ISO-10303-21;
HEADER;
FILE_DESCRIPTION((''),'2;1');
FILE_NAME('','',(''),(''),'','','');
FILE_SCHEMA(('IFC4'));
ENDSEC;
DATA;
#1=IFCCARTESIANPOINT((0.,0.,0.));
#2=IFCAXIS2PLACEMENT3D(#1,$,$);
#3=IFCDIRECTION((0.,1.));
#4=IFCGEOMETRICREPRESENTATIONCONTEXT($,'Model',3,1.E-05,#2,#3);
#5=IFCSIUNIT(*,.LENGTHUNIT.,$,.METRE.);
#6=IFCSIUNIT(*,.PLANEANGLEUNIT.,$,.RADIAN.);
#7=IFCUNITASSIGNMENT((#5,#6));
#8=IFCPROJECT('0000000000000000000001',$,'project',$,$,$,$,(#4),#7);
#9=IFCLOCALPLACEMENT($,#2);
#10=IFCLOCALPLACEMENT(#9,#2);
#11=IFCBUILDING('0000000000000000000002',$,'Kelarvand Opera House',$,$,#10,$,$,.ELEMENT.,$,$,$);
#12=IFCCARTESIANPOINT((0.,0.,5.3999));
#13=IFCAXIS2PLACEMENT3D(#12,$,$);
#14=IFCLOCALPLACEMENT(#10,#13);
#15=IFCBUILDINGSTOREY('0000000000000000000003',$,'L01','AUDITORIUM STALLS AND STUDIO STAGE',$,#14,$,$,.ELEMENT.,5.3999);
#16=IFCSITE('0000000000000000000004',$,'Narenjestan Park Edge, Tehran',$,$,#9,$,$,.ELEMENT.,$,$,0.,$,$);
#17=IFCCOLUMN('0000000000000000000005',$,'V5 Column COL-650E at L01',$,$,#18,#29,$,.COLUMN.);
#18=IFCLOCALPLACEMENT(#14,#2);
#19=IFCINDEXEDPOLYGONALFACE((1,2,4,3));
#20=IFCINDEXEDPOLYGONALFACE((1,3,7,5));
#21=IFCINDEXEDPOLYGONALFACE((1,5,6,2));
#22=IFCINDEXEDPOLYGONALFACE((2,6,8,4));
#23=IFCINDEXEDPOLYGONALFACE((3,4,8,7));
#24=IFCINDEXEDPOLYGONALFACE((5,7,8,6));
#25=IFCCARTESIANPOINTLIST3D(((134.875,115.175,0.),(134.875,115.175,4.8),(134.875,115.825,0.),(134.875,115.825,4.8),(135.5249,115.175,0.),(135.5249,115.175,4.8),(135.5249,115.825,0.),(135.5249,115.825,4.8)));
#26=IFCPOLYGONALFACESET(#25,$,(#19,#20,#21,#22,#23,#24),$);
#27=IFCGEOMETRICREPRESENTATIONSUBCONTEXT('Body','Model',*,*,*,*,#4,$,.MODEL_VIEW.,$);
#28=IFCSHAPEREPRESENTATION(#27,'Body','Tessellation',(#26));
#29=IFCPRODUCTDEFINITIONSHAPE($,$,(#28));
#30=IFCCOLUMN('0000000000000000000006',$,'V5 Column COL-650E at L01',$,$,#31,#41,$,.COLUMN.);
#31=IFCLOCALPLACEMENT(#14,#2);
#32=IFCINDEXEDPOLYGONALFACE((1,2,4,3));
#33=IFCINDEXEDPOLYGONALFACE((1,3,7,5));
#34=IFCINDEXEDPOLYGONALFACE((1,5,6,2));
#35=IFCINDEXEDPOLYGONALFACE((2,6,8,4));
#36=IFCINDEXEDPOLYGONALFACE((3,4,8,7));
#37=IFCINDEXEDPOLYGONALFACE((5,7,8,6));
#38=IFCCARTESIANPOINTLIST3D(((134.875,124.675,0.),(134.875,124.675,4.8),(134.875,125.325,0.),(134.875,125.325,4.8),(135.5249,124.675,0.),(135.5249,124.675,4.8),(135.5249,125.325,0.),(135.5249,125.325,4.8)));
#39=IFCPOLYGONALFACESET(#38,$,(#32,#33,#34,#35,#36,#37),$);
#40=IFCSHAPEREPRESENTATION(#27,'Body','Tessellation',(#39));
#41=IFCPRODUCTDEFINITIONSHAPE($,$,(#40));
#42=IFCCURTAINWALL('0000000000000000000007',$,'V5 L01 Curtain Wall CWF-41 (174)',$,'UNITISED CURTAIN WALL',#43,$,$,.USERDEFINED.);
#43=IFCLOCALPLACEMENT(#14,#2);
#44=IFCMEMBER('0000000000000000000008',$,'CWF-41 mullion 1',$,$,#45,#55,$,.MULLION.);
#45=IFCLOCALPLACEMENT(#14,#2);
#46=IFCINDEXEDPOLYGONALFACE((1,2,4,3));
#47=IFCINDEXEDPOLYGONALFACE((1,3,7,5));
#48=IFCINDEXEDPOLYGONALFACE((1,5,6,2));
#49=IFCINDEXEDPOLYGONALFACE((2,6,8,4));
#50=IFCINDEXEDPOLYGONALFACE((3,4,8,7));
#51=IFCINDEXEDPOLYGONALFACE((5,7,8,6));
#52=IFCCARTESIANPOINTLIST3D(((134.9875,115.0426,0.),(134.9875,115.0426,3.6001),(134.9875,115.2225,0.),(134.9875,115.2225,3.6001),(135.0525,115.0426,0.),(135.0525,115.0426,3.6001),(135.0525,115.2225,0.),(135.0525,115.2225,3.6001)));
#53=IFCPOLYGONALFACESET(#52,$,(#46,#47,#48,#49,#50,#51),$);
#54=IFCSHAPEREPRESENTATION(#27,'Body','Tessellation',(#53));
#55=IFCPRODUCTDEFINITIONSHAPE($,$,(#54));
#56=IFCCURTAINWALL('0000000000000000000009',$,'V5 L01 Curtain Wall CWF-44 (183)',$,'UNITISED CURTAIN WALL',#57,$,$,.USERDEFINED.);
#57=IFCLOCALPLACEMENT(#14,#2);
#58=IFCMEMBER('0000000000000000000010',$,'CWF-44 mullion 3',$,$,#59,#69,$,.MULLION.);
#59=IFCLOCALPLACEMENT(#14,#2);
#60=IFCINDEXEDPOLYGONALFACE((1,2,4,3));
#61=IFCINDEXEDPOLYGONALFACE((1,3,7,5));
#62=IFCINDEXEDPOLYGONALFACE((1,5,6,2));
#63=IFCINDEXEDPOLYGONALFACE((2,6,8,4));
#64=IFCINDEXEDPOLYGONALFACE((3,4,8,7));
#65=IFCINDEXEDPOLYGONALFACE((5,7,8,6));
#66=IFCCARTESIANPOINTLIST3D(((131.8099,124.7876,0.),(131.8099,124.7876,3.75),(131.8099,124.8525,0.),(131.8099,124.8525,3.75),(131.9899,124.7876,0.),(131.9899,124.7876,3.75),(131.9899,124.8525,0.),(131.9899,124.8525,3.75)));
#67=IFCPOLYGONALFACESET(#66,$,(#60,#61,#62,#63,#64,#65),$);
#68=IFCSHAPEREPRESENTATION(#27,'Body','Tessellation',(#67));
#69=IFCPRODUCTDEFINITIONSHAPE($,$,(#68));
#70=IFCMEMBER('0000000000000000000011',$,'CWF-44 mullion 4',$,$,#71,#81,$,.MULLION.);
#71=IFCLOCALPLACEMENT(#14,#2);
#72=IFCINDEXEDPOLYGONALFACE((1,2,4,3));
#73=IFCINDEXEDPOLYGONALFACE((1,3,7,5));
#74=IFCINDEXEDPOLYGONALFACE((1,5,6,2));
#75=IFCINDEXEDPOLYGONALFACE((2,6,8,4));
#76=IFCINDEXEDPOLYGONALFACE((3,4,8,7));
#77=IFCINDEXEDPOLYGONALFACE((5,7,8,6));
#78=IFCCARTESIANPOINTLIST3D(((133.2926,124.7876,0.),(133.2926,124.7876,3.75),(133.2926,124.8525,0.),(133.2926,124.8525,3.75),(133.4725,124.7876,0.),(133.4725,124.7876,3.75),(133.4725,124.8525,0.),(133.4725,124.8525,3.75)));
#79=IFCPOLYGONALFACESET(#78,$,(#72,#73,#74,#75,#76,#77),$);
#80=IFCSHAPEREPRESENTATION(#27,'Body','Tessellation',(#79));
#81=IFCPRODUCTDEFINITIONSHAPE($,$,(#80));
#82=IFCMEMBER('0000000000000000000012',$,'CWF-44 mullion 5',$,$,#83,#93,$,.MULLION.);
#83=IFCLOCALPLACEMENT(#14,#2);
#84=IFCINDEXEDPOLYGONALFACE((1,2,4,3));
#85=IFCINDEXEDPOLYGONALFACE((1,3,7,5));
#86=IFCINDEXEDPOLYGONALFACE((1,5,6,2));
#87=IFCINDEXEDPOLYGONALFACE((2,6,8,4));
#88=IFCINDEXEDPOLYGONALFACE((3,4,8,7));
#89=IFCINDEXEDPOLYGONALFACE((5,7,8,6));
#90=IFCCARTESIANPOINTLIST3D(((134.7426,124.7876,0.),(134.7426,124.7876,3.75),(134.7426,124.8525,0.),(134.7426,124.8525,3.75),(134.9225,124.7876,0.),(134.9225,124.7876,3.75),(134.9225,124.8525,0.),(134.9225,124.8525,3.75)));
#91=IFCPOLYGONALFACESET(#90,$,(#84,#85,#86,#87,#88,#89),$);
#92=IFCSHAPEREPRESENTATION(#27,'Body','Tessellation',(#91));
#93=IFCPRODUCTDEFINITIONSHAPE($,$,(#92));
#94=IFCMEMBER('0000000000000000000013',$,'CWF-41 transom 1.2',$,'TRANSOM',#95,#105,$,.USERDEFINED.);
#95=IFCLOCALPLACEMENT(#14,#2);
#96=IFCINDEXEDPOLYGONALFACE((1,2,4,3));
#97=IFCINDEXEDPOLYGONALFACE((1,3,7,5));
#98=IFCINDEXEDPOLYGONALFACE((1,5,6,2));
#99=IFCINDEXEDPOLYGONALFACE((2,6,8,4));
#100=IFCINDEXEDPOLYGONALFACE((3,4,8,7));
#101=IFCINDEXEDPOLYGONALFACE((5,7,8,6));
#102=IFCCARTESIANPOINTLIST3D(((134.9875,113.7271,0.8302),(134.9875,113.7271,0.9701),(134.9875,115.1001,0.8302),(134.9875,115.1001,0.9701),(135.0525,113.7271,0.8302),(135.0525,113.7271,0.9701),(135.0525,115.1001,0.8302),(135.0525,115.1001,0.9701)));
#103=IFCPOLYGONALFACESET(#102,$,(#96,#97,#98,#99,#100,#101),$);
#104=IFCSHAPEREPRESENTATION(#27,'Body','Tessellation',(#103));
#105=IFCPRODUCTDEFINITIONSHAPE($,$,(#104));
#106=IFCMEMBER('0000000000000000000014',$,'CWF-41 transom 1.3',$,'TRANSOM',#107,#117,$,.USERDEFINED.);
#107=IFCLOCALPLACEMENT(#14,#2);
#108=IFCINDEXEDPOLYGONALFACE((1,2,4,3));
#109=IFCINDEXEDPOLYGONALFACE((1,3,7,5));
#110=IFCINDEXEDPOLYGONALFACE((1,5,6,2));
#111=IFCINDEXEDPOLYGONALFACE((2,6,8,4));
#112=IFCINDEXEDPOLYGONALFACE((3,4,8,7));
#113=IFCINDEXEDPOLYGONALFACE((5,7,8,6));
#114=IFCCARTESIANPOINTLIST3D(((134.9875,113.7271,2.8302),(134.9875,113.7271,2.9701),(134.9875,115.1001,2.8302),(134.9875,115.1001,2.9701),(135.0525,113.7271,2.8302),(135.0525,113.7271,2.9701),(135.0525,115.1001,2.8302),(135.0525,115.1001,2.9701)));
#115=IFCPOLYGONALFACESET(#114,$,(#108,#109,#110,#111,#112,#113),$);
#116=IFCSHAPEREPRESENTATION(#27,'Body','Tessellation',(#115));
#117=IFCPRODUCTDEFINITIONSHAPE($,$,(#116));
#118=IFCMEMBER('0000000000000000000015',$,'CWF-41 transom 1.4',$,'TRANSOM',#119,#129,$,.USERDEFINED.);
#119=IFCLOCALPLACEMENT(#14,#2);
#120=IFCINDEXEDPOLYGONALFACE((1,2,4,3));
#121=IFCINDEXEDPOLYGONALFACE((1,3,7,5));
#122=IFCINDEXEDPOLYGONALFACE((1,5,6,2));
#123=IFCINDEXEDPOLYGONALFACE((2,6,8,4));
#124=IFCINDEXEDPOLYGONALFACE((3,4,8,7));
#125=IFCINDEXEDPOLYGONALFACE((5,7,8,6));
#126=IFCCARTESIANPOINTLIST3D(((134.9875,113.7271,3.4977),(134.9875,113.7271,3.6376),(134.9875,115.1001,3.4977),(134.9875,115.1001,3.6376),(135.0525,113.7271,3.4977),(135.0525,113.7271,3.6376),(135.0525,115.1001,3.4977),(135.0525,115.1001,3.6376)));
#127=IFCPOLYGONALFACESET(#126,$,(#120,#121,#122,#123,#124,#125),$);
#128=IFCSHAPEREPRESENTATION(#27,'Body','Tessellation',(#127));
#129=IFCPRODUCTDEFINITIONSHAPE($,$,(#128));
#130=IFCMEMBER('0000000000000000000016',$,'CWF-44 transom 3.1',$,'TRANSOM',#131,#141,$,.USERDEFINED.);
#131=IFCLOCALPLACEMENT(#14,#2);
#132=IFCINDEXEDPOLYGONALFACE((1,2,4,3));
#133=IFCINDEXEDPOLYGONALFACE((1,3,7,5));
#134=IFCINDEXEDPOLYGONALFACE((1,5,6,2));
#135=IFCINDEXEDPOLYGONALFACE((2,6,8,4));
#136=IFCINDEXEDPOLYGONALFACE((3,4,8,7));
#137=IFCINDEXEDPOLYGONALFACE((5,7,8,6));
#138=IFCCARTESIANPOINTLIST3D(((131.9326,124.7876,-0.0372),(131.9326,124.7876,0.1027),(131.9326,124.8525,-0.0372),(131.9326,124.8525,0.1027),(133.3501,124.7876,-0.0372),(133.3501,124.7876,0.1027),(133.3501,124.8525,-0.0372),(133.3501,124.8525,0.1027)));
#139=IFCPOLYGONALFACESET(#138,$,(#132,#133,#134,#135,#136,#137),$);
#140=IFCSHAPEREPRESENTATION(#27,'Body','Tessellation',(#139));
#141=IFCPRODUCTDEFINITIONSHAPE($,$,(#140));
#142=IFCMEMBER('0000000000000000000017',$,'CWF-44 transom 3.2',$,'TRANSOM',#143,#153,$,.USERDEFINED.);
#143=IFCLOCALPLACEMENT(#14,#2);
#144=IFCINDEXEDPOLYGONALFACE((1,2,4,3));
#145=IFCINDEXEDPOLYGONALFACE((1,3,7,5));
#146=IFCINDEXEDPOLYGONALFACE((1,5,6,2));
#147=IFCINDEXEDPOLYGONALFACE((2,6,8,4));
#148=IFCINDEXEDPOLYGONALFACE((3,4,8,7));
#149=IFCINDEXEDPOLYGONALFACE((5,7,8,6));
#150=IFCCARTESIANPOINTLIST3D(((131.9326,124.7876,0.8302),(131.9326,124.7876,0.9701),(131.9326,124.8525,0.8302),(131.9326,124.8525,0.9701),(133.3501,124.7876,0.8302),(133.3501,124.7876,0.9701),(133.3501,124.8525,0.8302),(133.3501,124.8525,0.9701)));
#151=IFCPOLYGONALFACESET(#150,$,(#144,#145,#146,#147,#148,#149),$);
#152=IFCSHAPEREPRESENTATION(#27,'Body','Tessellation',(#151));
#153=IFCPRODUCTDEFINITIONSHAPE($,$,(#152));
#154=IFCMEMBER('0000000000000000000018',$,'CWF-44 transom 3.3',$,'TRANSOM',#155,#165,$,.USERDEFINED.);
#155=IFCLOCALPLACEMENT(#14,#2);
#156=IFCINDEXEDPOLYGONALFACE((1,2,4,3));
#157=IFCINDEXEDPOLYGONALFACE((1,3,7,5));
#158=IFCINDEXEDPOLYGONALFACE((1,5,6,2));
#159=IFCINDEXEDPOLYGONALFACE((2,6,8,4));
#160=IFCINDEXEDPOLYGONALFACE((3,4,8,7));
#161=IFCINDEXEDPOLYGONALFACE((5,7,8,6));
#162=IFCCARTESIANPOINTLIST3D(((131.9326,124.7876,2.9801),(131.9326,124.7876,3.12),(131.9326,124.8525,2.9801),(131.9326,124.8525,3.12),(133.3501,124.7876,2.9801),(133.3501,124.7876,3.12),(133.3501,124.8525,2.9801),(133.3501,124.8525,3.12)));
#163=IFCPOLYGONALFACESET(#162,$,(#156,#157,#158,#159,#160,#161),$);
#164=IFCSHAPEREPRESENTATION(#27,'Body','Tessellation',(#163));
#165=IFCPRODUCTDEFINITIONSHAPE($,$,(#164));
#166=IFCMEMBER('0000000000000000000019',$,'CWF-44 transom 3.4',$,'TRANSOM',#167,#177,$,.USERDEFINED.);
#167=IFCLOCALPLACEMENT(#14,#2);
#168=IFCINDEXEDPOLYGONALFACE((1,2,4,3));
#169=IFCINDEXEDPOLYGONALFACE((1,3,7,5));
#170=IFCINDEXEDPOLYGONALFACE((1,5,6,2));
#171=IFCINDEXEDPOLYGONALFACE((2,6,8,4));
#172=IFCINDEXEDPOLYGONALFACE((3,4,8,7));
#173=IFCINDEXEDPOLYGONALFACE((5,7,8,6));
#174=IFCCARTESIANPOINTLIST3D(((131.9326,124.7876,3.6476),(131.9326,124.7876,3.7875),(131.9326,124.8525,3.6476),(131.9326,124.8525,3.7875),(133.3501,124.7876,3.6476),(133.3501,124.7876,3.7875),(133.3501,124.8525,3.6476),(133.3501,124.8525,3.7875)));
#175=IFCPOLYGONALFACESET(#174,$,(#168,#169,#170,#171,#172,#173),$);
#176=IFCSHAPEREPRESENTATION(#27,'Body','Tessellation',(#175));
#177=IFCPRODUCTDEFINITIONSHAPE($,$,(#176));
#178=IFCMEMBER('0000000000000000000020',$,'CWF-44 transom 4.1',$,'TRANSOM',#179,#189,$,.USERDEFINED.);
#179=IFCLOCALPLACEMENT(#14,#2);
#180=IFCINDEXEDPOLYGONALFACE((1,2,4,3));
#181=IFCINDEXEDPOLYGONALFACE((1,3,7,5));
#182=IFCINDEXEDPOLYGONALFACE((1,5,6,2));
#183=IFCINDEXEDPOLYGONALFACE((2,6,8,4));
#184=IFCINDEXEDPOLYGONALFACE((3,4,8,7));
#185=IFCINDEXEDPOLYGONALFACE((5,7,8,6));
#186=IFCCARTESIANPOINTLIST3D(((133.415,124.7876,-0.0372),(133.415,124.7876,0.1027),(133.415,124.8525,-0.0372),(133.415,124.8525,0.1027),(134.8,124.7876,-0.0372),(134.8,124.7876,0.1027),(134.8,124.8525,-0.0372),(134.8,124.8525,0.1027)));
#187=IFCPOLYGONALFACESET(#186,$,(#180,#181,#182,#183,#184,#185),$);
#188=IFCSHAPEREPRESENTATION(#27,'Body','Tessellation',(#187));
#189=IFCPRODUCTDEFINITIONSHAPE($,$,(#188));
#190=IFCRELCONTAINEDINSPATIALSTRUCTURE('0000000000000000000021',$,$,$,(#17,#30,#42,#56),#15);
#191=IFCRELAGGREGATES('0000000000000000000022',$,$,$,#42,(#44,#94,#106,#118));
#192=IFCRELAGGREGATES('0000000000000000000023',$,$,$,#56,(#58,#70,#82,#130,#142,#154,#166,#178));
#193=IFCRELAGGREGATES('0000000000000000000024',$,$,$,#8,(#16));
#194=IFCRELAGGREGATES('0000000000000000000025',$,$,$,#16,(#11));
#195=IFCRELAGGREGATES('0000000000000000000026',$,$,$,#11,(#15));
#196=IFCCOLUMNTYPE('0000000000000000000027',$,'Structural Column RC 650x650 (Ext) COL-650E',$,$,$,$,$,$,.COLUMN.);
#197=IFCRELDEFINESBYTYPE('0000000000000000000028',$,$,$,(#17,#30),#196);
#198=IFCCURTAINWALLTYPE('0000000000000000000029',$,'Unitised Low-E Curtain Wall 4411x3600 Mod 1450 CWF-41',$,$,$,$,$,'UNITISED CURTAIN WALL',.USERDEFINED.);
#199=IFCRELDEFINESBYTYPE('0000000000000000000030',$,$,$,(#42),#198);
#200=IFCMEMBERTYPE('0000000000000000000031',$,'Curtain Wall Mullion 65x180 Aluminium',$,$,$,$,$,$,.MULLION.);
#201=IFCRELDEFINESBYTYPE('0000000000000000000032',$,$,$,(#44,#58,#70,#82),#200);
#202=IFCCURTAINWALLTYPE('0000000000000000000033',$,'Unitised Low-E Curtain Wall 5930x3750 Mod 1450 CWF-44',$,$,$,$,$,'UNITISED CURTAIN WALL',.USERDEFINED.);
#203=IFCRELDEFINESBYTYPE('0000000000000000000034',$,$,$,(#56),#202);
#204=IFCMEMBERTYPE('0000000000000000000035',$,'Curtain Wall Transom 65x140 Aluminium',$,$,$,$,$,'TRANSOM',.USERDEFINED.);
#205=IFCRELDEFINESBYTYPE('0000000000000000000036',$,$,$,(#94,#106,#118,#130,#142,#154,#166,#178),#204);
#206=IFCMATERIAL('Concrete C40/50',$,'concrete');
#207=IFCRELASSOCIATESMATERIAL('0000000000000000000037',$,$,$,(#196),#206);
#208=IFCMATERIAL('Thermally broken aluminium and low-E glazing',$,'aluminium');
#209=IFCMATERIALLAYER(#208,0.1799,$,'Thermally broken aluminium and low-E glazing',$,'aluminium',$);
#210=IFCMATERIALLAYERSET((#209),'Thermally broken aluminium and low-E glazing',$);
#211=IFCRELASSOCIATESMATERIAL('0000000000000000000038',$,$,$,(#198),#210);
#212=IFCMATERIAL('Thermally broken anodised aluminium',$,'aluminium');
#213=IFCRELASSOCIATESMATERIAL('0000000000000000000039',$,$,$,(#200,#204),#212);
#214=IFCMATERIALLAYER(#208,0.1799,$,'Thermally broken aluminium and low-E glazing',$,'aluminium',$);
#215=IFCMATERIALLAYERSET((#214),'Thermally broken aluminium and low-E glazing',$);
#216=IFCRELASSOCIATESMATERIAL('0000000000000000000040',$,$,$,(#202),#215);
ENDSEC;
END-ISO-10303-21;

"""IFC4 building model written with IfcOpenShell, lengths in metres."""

from ifc_helpers import new_model, si_unit, direction, frame, origin, origin_2d, place, context, subcontext, project, spatial, rectangle, extrude, material, layer, layer_set, material_profile, profile_set, type_object, element, aggregate, save


model = new_model("IFC4")

# Units and contexts
model_context = context("Model", 3, precision=1e-05, world=origin(), true_north=direction((0.0, 1.0)))
body_context = subcontext(model_context, "Body", "Model", "MODEL_VIEW")
ifc_project = project(units=[si_unit("LENGTHUNIT", "METRE"), si_unit("PLANEANGLEUNIT", "RADIAN")], contexts=[model_context])

# Site, building, storey
site_placement = place(None, origin())
site = spatial("IfcSite", under=ifc_project, at=site_placement, Name="Narenjestan Park Edge, Tehran", CompositionType="ELEMENT", RefElevation=0.0)
building_placement = place(site_placement, origin())
building = spatial("IfcBuilding", under=site, at=building_placement, Name="Kelarvand Opera House", CompositionType="ELEMENT")
storey_placement = place(building_placement, frame((0.0, 0.0, 5.3999)))
storey = spatial("IfcBuildingStorey", under=building, at=storey_placement, Name="L01", Description="AUDITORIUM STALLS AND STUDIO STAGE", CompositionType="ELEMENT", Elevation=5.3999)

# Columns
ifc_material_1 = material(Name="Concrete C40/50", Category="concrete")
ifc_material_profile_1 = material_profile(ifc_material_1, rectangle(XDim=0.6499, YDim=0.6499, at=origin_2d()), Name="RC 650x650", Category="concrete")
ifc_profile_set_1 = profile_set([ifc_material_profile_1], Name="Concrete C40/50")
column_type = type_object("IfcColumnType", Name="Structural Column RC 650x650 (Ext) COL-650E", PredefinedType="COLUMN", material=ifc_profile_set_1)
for number, where, z_axis, x_axis, name in (
    (1, (135.2, 115.5, 0.0), (0.0, 0.0, 1.0), (1.0, 0.0, 0.0), "V5 Column COL-650E at L01"),
    (2, (135.2, 125.0, 0.0), (0.0, 0.0, 1.0), (1.0, 0.0, 0.0), "V5 Column COL-650E at L01"),
):
    element("IfcColumn", number, at=place(storey_placement, frame(where, z_axis=z_axis, x_axis=x_axis)), inside=storey, type_object=column_type, Name=name, PredefinedType="COLUMN", context=body_context, shape_type="SweptSolid", body=[
        extrude(rectangle(XDim=0.6499, YDim=0.6499, at=origin_2d()), origin(), (0.0, 0.0, 1.0), 4.8),
    ])

# Curtain wall, member
ifc_material_2 = material(Name="Thermally broken aluminium and low-E glazing", Category="aluminium")
ifc_layer_1 = layer(ifc_material_2, 0.1799, Name="Thermally broken aluminium and low-E glazing", Category="aluminium")
ifc_layer_set_1 = layer_set([ifc_layer_1], Name="Thermally broken aluminium and low-E glazing")
curtain_wall_type_1 = type_object("IfcCurtainWallType", Name="Unitised Low-E Curtain Wall 4411x3600 Mod 1450 CWF-41", ElementType="UNITISED CURTAIN WALL", PredefinedType="USERDEFINED", material=ifc_layer_set_1)
curtain_wall_1_placement = place(storey_placement, origin())
curtain_wall_1 = element("IfcCurtainWall", 3, at=curtain_wall_1_placement, inside=storey, type_object=curtain_wall_type_1, Name="V5 L01 Curtain Wall CWF-41 (174)", ObjectType="UNITISED CURTAIN WALL", PredefinedType="USERDEFINED")
ifc_material_3 = material(Name="Thermally broken anodised aluminium", Category="aluminium")
ifc_material_profile_2 = material_profile(ifc_material_3, rectangle(XDim=0.0649, YDim=0.1799, at=origin_2d()), Name="ALU MULLION 65x180", Category="aluminium")
ifc_profile_set_2 = profile_set([ifc_material_profile_2], Name="Thermally broken anodised aluminium")
member_type_1 = type_object("IfcMemberType", Name="Curtain Wall Mullion 65x180 Aluminium", PredefinedType="MULLION", material=ifc_profile_set_2)
member_1_placement = place(storey_placement, frame((135.02, 115.1326, 0.0), z_axis=(0.0, 0.0, 1.0), x_axis=(1.0, 0.0, 0.0)))
member_1 = element("IfcMember", 4, at=member_1_placement, type_object=member_type_1, Name="CWF-41 mullion 1", PredefinedType="MULLION", context=body_context, shape_type="SweptSolid", body=[
    extrude(rectangle(XDim=0.0649, YDim=0.1799, at=origin_2d()), origin(), (0.0, 0.0, 1.0), 3.6001),
])

# Curtain wall, members
ifc_layer_2 = layer(ifc_material_2, 0.1799, Name="Thermally broken aluminium and low-E glazing", Category="aluminium")
ifc_layer_set_2 = layer_set([ifc_layer_2], Name="Thermally broken aluminium and low-E glazing")
curtain_wall_type_2 = type_object("IfcCurtainWallType", Name="Unitised Low-E Curtain Wall 5930x3750 Mod 1450 CWF-44", ElementType="UNITISED CURTAIN WALL", PredefinedType="USERDEFINED", material=ifc_layer_set_2)
curtain_wall_2_placement = place(storey_placement, origin())
curtain_wall_2 = element("IfcCurtainWall", 5, at=curtain_wall_2_placement, inside=storey, type_object=curtain_wall_type_2, Name="V5 L01 Curtain Wall CWF-44 (183)", ObjectType="UNITISED CURTAIN WALL", PredefinedType="USERDEFINED")
member_2_placement = place(storey_placement, frame((131.8999, 124.8201, 0.0), z_axis=(0.0, 0.0, 1.0), x_axis=(0.0, 1.0, 0.0)))
member_2 = element("IfcMember", 6, at=member_2_placement, type_object=member_type_1, Name="CWF-44 mullion 3", PredefinedType="MULLION", context=body_context, shape_type="SweptSolid", body=[
    extrude(rectangle(XDim=0.0649, YDim=0.1799, at=origin_2d()), origin(), (0.0, 0.0, 1.0), 3.75),
])
member_3_placement = place(storey_placement, frame((133.3826, 124.8201, 0.0), z_axis=(0.0, 0.0, 1.0), x_axis=(0.0, 1.0, 0.0)))
member_3 = element("IfcMember", 7, at=member_3_placement, type_object=member_type_1, Name="CWF-44 mullion 4", PredefinedType="MULLION", context=body_context, shape_type="SweptSolid", body=[
    extrude(rectangle(XDim=0.0649, YDim=0.1799, at=origin_2d()), origin(), (0.0, 0.0, 1.0), 3.75),
])
member_4_placement = place(storey_placement, frame((134.8325, 124.8201, 0.0), z_axis=(0.0, 0.0, 1.0), x_axis=(0.0, 1.0, 0.0)))
member_4 = element("IfcMember", 8, at=member_4_placement, type_object=member_type_1, Name="CWF-44 mullion 5", PredefinedType="MULLION", context=body_context, shape_type="SweptSolid", body=[
    extrude(rectangle(XDim=0.0649, YDim=0.1799, at=origin_2d()), origin(), (0.0, 0.0, 1.0), 3.75),
])

# Members
ifc_material_profile_3 = material_profile(ifc_material_3, rectangle(XDim=0.0649, YDim=0.1399, at=origin_2d()), Name="ALU TRANSOM 65x140", Category="aluminium")
ifc_profile_set_3 = profile_set([ifc_material_profile_3], Name="Thermally broken anodised aluminium")
member_type_2 = type_object("IfcMemberType", Name="Curtain Wall Transom 65x140 Aluminium", ElementType="TRANSOM", PredefinedType="USERDEFINED", material=ifc_profile_set_3)
member_5_placement = place(storey_placement, frame((135.02, 115.1001, 0.9001), z_axis=(0.0, -1.0, 0.0), x_axis=(1.0, 0.0, 0.0)))
member_5 = element("IfcMember", 9, at=member_5_placement, type_object=member_type_2, Name="CWF-41 transom 1.2", ObjectType="TRANSOM", PredefinedType="USERDEFINED", context=body_context, shape_type="SweptSolid", body=[
    extrude(rectangle(XDim=0.0649, YDim=0.1399, at=origin_2d()), origin(), (0.0, 0.0, 1.0), 1.373),
])
member_6_placement = place(storey_placement, frame((135.02, 115.1001, 2.9001), z_axis=(0.0, -1.0, 0.0), x_axis=(1.0, 0.0, 0.0)))
member_6 = element("IfcMember", 10, at=member_6_placement, type_object=member_type_2, Name="CWF-41 transom 1.3", ObjectType="TRANSOM", PredefinedType="USERDEFINED", context=body_context, shape_type="SweptSolid", body=[
    extrude(rectangle(XDim=0.0649, YDim=0.1399, at=origin_2d()), origin(), (0.0, 0.0, 1.0), 1.373),
])
member_7_placement = place(storey_placement, frame((135.02, 115.1001, 3.5676), z_axis=(0.0, -1.0, 0.0), x_axis=(1.0, 0.0, 0.0)))
member_7 = element("IfcMember", 11, at=member_7_placement, type_object=member_type_2, Name="CWF-41 transom 1.4", ObjectType="TRANSOM", PredefinedType="USERDEFINED", context=body_context, shape_type="SweptSolid", body=[
    extrude(rectangle(XDim=0.0649, YDim=0.1399, at=origin_2d()), origin(), (0.0, 0.0, 1.0), 1.373),
])
aggregate(curtain_wall_1, [member_1, member_5, member_6, member_7])
member_8_placement = place(storey_placement, frame((131.9326, 124.8201, 0.0327), z_axis=(1.0, 0.0, 0.0), x_axis=(0.0, 1.0, 0.0)))
member_8 = element("IfcMember", 12, at=member_8_placement, type_object=member_type_2, Name="CWF-44 transom 3.1", ObjectType="TRANSOM", PredefinedType="USERDEFINED", context=body_context, shape_type="SweptSolid", body=[
    extrude(rectangle(XDim=0.0649, YDim=0.1399, at=origin_2d()), origin(), (0.0, 0.0, 1.0), 1.4175),
])
member_9_placement = place(storey_placement, frame((131.9326, 124.8201, 0.9001), z_axis=(1.0, 0.0, 0.0), x_axis=(0.0, 1.0, 0.0)))
member_9 = element("IfcMember", 13, at=member_9_placement, type_object=member_type_2, Name="CWF-44 transom 3.2", ObjectType="TRANSOM", PredefinedType="USERDEFINED", context=body_context, shape_type="SweptSolid", body=[
    extrude(rectangle(XDim=0.0649, YDim=0.1399, at=origin_2d()), origin(), (0.0, 0.0, 1.0), 1.4175),
])
member_10_placement = place(storey_placement, frame((131.9326, 124.8201, 3.05), z_axis=(1.0, 0.0, 0.0), x_axis=(0.0, 1.0, 0.0)))
member_10 = element("IfcMember", 14, at=member_10_placement, type_object=member_type_2, Name="CWF-44 transom 3.3", ObjectType="TRANSOM", PredefinedType="USERDEFINED", context=body_context, shape_type="SweptSolid", body=[
    extrude(rectangle(XDim=0.0649, YDim=0.1399, at=origin_2d()), origin(), (0.0, 0.0, 1.0), 1.4175),
])
member_11_placement = place(storey_placement, frame((131.9326, 124.8201, 3.7175), z_axis=(1.0, 0.0, 0.0), x_axis=(0.0, 1.0, 0.0)))
member_11 = element("IfcMember", 15, at=member_11_placement, type_object=member_type_2, Name="CWF-44 transom 3.4", ObjectType="TRANSOM", PredefinedType="USERDEFINED", context=body_context, shape_type="SweptSolid", body=[
    extrude(rectangle(XDim=0.0649, YDim=0.1399, at=origin_2d()), origin(), (0.0, 0.0, 1.0), 1.4175),
])
member_12_placement = place(storey_placement, frame((133.415, 124.8201, 0.0327), z_axis=(1.0, 0.0, 0.0), x_axis=(0.0, 1.0, 0.0)))
member_12 = element("IfcMember", 16, at=member_12_placement, type_object=member_type_2, Name="CWF-44 transom 4.1", ObjectType="TRANSOM", PredefinedType="USERDEFINED", context=body_context, shape_type="SweptSolid", body=[
    extrude(rectangle(XDim=0.0649, YDim=0.1399, at=origin_2d()), origin(), (0.0, 0.0, 1.0), 1.385),
])

aggregate(curtain_wall_2, [member_2, member_3, member_4, member_8, member_9, member_10, member_11, member_12])

save(model, "model.ifc")
